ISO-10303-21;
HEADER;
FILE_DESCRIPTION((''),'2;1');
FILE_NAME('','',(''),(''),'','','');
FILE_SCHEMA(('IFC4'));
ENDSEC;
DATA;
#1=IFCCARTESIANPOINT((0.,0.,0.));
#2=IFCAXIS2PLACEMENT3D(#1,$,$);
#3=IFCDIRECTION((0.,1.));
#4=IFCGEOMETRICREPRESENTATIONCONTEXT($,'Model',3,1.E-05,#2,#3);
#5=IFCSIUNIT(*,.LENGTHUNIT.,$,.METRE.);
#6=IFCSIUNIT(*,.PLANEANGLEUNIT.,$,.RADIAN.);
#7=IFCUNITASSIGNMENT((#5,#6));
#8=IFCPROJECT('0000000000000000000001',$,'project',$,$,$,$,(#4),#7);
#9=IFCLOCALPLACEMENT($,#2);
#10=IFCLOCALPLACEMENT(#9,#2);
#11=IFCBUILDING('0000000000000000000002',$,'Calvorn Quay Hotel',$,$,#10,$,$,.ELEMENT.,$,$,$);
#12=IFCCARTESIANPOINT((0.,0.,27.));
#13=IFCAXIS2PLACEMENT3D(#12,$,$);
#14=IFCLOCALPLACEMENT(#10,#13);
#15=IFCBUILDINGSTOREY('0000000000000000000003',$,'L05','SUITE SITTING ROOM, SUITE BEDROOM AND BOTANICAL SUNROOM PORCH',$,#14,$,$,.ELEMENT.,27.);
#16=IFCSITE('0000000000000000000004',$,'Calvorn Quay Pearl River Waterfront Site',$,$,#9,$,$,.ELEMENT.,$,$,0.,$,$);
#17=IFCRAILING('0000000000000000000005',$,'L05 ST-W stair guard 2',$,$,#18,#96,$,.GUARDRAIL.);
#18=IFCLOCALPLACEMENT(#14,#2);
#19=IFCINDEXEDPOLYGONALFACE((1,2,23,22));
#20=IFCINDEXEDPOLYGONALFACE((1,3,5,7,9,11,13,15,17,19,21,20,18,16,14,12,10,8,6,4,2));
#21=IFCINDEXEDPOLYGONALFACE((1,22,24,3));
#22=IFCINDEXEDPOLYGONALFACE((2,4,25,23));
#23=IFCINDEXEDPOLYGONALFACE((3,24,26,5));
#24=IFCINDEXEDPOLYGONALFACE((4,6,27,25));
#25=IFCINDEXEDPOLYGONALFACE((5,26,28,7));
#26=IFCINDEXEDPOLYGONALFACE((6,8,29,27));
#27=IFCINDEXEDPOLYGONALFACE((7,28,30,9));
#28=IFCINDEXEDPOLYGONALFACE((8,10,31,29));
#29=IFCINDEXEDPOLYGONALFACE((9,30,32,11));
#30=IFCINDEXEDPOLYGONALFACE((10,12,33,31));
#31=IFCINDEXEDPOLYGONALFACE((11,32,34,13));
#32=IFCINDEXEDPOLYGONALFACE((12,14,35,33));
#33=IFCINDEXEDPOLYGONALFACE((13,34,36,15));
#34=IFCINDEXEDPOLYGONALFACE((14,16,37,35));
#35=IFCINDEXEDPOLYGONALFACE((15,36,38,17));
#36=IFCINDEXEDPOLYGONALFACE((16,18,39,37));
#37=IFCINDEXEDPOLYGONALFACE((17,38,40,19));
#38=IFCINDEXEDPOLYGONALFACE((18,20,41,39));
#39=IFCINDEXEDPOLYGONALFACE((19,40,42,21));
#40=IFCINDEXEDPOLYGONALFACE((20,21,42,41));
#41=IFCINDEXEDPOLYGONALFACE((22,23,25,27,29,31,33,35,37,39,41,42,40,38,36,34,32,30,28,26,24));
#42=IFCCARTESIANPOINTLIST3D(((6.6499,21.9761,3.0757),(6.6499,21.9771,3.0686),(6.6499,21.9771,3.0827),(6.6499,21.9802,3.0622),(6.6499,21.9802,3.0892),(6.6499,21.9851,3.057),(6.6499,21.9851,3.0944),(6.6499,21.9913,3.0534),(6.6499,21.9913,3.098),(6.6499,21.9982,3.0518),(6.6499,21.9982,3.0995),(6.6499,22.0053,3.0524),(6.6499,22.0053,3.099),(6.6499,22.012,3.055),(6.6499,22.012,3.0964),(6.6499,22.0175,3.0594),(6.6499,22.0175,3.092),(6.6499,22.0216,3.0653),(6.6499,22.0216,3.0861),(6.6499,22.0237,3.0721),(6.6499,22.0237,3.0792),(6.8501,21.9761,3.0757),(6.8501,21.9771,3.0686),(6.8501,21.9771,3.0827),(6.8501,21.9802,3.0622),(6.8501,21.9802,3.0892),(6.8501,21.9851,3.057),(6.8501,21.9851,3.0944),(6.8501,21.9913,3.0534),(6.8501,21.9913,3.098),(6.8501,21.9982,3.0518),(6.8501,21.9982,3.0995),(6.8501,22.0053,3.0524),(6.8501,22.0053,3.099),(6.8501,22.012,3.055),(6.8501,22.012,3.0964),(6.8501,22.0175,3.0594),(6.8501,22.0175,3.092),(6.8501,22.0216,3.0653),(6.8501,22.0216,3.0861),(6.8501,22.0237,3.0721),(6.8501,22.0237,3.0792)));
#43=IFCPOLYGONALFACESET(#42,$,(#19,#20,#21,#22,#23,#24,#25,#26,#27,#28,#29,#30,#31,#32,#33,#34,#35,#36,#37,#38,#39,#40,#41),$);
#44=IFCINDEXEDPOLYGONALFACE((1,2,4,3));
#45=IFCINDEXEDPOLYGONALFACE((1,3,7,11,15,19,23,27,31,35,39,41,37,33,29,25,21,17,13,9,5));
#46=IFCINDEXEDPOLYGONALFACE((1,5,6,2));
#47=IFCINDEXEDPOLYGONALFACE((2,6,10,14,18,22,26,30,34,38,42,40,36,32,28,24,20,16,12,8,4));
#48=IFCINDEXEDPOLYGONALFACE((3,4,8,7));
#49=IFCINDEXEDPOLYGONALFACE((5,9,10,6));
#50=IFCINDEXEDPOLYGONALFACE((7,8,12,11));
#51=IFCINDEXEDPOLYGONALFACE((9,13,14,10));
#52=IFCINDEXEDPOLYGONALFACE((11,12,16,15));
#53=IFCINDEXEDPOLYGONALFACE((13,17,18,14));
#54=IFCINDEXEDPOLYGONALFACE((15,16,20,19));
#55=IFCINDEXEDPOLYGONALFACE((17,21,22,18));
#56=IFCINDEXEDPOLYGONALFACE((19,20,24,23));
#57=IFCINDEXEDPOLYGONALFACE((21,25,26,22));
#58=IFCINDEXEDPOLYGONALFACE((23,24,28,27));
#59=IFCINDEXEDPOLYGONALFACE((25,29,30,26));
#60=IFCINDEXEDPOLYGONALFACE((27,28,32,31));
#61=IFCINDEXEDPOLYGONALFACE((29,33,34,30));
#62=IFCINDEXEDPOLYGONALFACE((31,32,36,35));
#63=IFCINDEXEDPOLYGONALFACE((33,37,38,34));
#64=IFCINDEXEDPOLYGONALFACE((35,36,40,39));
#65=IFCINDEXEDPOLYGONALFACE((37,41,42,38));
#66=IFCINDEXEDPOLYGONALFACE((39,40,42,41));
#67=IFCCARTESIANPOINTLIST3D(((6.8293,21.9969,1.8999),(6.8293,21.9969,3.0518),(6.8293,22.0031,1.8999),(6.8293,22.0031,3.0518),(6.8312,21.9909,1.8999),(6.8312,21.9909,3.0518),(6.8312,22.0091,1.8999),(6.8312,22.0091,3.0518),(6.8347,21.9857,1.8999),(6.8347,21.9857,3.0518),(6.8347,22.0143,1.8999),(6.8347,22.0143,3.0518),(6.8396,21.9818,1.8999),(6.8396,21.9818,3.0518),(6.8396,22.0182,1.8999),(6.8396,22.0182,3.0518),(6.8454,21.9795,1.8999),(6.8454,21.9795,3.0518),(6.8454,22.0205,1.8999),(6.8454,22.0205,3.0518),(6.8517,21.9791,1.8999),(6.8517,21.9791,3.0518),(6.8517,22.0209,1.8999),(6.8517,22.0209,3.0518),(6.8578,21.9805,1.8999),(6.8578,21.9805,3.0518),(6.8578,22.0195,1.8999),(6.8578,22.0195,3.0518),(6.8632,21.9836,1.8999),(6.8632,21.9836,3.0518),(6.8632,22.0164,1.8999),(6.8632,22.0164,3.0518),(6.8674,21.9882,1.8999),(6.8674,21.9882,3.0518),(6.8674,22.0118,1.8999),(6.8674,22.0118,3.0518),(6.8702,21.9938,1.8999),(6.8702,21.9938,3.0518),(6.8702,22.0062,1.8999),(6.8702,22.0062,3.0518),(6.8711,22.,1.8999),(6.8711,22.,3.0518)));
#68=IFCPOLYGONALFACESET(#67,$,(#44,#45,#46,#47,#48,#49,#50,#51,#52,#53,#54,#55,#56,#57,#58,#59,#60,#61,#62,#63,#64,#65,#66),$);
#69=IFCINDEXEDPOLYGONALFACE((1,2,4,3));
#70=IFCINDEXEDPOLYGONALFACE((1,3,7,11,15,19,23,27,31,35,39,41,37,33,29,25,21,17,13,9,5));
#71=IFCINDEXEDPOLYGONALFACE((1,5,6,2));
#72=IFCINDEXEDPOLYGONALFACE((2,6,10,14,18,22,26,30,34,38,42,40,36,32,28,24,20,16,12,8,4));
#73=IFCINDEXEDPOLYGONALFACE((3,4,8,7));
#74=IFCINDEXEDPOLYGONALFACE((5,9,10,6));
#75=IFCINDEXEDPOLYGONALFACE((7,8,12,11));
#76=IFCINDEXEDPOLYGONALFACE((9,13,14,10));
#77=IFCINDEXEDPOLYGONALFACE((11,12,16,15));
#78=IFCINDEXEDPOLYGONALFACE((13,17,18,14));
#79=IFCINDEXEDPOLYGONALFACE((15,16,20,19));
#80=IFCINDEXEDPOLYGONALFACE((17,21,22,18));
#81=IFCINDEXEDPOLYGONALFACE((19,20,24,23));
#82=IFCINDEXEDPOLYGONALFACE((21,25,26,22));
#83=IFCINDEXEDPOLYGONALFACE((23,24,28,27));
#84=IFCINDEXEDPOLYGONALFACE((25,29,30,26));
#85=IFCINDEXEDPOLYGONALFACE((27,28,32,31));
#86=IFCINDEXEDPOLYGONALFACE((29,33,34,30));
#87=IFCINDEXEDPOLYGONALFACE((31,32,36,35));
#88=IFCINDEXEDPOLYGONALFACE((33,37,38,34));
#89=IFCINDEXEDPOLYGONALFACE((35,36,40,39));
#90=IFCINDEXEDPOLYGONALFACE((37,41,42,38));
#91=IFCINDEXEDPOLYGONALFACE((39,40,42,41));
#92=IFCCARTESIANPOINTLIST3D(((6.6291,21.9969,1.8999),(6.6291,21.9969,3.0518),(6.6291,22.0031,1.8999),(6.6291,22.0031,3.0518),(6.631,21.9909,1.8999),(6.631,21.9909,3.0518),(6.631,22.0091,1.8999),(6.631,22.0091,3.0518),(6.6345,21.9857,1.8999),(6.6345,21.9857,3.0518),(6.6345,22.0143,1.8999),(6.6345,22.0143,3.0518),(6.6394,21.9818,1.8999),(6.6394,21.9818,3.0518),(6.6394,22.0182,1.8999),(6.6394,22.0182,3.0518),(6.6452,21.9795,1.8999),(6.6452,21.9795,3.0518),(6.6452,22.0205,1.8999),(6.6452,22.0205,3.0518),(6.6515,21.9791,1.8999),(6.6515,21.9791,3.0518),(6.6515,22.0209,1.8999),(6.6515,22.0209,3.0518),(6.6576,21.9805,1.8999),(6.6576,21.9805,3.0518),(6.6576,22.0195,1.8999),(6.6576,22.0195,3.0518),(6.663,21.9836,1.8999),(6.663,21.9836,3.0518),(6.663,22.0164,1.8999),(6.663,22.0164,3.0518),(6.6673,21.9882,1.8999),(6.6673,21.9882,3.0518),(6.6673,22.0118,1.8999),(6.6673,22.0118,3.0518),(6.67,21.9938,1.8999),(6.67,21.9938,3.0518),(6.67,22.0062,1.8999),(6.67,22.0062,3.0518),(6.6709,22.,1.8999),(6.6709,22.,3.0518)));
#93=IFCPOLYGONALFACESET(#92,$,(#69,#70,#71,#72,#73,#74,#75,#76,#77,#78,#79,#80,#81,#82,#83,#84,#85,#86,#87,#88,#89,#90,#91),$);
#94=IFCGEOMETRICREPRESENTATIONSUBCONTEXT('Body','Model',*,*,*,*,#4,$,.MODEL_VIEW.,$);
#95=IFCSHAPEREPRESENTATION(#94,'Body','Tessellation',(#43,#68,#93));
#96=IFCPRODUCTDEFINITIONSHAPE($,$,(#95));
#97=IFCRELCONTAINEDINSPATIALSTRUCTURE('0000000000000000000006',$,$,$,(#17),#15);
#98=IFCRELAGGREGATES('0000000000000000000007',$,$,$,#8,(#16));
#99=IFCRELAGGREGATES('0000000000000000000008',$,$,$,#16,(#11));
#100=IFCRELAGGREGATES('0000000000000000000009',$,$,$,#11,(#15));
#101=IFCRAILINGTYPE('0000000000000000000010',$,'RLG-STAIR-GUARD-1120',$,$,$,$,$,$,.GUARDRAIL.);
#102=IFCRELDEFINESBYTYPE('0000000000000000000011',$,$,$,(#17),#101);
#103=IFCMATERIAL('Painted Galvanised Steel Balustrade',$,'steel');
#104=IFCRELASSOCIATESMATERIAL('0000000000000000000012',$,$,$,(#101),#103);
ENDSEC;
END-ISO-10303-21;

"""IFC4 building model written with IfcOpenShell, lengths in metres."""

from ifc_helpers import new_model, si_unit, direction, frame, origin, origin_2d, place, context, subcontext, project, spatial, circle, extrude, material, type_object, element, save


model = new_model("IFC4")

# Units and contexts
model_context = context("Model", 3, precision=1e-05, world=origin(), true_north=direction((0.0, 1.0)))
body_context = subcontext(model_context, "Body", "Model", "MODEL_VIEW")
ifc_project = project(units=[si_unit("LENGTHUNIT", "METRE"), si_unit("PLANEANGLEUNIT", "RADIAN")], contexts=[model_context])

# Site, building, storey
site_placement = place(None, origin())
site = spatial("IfcSite", under=ifc_project, at=site_placement, Name="Calvorn Quay Pearl River Waterfront Site", CompositionType="ELEMENT", RefElevation=0.0)
building_placement = place(site_placement, origin())
building = spatial("IfcBuilding", under=site, at=building_placement, Name="Calvorn Quay Hotel", CompositionType="ELEMENT")
storey_placement = place(building_placement, frame((0.0, 0.0, 27.0)))
storey = spatial("IfcBuildingStorey", under=building, at=storey_placement, Name="L05", Description="SUITE SITTING ROOM, SUITE BEDROOM AND BOTANICAL SUNROOM PORCH", CompositionType="ELEMENT", Elevation=27.0)

# Railing
ifc_material_1 = material(Name="Painted Galvanised Steel Balustrade", Category="steel")
railing_type_1 = type_object("IfcRailingType", Name="RLG-STAIR-GUARD-1120", PredefinedType="GUARDRAIL", material=ifc_material_1)
railing_1_placement = place(storey_placement, frame((6.8501, 22.0, 1.8999)))
element("IfcRailing", 1, at=railing_1_placement, inside=storey, type_object=railing_type_1, Name="L05 ST-W stair guard 2", PredefinedType="GUARDRAIL", context=body_context, shape_type="SweptSolid", body=[
    extrude(circle(Radius=0.0239, at=origin_2d()), frame((0.0, 0.0, 1.1758), z_axis=(-1.0, 0.0, 0.0), x_axis=(0.0, -1.0, 0.0)), (0.0, 0.0, 1.0), 0.2002),
    extrude(circle(Radius=0.021, at=origin_2d()), origin(), (0.0, 0.0, 1.0), 1.1519),
    extrude(circle(Radius=0.021, at=origin_2d()), frame((-0.2002, 0.0, 0.0)), (0.0, 0.0, 1.0), 1.1519),
])

save(model, "model.ifc")
